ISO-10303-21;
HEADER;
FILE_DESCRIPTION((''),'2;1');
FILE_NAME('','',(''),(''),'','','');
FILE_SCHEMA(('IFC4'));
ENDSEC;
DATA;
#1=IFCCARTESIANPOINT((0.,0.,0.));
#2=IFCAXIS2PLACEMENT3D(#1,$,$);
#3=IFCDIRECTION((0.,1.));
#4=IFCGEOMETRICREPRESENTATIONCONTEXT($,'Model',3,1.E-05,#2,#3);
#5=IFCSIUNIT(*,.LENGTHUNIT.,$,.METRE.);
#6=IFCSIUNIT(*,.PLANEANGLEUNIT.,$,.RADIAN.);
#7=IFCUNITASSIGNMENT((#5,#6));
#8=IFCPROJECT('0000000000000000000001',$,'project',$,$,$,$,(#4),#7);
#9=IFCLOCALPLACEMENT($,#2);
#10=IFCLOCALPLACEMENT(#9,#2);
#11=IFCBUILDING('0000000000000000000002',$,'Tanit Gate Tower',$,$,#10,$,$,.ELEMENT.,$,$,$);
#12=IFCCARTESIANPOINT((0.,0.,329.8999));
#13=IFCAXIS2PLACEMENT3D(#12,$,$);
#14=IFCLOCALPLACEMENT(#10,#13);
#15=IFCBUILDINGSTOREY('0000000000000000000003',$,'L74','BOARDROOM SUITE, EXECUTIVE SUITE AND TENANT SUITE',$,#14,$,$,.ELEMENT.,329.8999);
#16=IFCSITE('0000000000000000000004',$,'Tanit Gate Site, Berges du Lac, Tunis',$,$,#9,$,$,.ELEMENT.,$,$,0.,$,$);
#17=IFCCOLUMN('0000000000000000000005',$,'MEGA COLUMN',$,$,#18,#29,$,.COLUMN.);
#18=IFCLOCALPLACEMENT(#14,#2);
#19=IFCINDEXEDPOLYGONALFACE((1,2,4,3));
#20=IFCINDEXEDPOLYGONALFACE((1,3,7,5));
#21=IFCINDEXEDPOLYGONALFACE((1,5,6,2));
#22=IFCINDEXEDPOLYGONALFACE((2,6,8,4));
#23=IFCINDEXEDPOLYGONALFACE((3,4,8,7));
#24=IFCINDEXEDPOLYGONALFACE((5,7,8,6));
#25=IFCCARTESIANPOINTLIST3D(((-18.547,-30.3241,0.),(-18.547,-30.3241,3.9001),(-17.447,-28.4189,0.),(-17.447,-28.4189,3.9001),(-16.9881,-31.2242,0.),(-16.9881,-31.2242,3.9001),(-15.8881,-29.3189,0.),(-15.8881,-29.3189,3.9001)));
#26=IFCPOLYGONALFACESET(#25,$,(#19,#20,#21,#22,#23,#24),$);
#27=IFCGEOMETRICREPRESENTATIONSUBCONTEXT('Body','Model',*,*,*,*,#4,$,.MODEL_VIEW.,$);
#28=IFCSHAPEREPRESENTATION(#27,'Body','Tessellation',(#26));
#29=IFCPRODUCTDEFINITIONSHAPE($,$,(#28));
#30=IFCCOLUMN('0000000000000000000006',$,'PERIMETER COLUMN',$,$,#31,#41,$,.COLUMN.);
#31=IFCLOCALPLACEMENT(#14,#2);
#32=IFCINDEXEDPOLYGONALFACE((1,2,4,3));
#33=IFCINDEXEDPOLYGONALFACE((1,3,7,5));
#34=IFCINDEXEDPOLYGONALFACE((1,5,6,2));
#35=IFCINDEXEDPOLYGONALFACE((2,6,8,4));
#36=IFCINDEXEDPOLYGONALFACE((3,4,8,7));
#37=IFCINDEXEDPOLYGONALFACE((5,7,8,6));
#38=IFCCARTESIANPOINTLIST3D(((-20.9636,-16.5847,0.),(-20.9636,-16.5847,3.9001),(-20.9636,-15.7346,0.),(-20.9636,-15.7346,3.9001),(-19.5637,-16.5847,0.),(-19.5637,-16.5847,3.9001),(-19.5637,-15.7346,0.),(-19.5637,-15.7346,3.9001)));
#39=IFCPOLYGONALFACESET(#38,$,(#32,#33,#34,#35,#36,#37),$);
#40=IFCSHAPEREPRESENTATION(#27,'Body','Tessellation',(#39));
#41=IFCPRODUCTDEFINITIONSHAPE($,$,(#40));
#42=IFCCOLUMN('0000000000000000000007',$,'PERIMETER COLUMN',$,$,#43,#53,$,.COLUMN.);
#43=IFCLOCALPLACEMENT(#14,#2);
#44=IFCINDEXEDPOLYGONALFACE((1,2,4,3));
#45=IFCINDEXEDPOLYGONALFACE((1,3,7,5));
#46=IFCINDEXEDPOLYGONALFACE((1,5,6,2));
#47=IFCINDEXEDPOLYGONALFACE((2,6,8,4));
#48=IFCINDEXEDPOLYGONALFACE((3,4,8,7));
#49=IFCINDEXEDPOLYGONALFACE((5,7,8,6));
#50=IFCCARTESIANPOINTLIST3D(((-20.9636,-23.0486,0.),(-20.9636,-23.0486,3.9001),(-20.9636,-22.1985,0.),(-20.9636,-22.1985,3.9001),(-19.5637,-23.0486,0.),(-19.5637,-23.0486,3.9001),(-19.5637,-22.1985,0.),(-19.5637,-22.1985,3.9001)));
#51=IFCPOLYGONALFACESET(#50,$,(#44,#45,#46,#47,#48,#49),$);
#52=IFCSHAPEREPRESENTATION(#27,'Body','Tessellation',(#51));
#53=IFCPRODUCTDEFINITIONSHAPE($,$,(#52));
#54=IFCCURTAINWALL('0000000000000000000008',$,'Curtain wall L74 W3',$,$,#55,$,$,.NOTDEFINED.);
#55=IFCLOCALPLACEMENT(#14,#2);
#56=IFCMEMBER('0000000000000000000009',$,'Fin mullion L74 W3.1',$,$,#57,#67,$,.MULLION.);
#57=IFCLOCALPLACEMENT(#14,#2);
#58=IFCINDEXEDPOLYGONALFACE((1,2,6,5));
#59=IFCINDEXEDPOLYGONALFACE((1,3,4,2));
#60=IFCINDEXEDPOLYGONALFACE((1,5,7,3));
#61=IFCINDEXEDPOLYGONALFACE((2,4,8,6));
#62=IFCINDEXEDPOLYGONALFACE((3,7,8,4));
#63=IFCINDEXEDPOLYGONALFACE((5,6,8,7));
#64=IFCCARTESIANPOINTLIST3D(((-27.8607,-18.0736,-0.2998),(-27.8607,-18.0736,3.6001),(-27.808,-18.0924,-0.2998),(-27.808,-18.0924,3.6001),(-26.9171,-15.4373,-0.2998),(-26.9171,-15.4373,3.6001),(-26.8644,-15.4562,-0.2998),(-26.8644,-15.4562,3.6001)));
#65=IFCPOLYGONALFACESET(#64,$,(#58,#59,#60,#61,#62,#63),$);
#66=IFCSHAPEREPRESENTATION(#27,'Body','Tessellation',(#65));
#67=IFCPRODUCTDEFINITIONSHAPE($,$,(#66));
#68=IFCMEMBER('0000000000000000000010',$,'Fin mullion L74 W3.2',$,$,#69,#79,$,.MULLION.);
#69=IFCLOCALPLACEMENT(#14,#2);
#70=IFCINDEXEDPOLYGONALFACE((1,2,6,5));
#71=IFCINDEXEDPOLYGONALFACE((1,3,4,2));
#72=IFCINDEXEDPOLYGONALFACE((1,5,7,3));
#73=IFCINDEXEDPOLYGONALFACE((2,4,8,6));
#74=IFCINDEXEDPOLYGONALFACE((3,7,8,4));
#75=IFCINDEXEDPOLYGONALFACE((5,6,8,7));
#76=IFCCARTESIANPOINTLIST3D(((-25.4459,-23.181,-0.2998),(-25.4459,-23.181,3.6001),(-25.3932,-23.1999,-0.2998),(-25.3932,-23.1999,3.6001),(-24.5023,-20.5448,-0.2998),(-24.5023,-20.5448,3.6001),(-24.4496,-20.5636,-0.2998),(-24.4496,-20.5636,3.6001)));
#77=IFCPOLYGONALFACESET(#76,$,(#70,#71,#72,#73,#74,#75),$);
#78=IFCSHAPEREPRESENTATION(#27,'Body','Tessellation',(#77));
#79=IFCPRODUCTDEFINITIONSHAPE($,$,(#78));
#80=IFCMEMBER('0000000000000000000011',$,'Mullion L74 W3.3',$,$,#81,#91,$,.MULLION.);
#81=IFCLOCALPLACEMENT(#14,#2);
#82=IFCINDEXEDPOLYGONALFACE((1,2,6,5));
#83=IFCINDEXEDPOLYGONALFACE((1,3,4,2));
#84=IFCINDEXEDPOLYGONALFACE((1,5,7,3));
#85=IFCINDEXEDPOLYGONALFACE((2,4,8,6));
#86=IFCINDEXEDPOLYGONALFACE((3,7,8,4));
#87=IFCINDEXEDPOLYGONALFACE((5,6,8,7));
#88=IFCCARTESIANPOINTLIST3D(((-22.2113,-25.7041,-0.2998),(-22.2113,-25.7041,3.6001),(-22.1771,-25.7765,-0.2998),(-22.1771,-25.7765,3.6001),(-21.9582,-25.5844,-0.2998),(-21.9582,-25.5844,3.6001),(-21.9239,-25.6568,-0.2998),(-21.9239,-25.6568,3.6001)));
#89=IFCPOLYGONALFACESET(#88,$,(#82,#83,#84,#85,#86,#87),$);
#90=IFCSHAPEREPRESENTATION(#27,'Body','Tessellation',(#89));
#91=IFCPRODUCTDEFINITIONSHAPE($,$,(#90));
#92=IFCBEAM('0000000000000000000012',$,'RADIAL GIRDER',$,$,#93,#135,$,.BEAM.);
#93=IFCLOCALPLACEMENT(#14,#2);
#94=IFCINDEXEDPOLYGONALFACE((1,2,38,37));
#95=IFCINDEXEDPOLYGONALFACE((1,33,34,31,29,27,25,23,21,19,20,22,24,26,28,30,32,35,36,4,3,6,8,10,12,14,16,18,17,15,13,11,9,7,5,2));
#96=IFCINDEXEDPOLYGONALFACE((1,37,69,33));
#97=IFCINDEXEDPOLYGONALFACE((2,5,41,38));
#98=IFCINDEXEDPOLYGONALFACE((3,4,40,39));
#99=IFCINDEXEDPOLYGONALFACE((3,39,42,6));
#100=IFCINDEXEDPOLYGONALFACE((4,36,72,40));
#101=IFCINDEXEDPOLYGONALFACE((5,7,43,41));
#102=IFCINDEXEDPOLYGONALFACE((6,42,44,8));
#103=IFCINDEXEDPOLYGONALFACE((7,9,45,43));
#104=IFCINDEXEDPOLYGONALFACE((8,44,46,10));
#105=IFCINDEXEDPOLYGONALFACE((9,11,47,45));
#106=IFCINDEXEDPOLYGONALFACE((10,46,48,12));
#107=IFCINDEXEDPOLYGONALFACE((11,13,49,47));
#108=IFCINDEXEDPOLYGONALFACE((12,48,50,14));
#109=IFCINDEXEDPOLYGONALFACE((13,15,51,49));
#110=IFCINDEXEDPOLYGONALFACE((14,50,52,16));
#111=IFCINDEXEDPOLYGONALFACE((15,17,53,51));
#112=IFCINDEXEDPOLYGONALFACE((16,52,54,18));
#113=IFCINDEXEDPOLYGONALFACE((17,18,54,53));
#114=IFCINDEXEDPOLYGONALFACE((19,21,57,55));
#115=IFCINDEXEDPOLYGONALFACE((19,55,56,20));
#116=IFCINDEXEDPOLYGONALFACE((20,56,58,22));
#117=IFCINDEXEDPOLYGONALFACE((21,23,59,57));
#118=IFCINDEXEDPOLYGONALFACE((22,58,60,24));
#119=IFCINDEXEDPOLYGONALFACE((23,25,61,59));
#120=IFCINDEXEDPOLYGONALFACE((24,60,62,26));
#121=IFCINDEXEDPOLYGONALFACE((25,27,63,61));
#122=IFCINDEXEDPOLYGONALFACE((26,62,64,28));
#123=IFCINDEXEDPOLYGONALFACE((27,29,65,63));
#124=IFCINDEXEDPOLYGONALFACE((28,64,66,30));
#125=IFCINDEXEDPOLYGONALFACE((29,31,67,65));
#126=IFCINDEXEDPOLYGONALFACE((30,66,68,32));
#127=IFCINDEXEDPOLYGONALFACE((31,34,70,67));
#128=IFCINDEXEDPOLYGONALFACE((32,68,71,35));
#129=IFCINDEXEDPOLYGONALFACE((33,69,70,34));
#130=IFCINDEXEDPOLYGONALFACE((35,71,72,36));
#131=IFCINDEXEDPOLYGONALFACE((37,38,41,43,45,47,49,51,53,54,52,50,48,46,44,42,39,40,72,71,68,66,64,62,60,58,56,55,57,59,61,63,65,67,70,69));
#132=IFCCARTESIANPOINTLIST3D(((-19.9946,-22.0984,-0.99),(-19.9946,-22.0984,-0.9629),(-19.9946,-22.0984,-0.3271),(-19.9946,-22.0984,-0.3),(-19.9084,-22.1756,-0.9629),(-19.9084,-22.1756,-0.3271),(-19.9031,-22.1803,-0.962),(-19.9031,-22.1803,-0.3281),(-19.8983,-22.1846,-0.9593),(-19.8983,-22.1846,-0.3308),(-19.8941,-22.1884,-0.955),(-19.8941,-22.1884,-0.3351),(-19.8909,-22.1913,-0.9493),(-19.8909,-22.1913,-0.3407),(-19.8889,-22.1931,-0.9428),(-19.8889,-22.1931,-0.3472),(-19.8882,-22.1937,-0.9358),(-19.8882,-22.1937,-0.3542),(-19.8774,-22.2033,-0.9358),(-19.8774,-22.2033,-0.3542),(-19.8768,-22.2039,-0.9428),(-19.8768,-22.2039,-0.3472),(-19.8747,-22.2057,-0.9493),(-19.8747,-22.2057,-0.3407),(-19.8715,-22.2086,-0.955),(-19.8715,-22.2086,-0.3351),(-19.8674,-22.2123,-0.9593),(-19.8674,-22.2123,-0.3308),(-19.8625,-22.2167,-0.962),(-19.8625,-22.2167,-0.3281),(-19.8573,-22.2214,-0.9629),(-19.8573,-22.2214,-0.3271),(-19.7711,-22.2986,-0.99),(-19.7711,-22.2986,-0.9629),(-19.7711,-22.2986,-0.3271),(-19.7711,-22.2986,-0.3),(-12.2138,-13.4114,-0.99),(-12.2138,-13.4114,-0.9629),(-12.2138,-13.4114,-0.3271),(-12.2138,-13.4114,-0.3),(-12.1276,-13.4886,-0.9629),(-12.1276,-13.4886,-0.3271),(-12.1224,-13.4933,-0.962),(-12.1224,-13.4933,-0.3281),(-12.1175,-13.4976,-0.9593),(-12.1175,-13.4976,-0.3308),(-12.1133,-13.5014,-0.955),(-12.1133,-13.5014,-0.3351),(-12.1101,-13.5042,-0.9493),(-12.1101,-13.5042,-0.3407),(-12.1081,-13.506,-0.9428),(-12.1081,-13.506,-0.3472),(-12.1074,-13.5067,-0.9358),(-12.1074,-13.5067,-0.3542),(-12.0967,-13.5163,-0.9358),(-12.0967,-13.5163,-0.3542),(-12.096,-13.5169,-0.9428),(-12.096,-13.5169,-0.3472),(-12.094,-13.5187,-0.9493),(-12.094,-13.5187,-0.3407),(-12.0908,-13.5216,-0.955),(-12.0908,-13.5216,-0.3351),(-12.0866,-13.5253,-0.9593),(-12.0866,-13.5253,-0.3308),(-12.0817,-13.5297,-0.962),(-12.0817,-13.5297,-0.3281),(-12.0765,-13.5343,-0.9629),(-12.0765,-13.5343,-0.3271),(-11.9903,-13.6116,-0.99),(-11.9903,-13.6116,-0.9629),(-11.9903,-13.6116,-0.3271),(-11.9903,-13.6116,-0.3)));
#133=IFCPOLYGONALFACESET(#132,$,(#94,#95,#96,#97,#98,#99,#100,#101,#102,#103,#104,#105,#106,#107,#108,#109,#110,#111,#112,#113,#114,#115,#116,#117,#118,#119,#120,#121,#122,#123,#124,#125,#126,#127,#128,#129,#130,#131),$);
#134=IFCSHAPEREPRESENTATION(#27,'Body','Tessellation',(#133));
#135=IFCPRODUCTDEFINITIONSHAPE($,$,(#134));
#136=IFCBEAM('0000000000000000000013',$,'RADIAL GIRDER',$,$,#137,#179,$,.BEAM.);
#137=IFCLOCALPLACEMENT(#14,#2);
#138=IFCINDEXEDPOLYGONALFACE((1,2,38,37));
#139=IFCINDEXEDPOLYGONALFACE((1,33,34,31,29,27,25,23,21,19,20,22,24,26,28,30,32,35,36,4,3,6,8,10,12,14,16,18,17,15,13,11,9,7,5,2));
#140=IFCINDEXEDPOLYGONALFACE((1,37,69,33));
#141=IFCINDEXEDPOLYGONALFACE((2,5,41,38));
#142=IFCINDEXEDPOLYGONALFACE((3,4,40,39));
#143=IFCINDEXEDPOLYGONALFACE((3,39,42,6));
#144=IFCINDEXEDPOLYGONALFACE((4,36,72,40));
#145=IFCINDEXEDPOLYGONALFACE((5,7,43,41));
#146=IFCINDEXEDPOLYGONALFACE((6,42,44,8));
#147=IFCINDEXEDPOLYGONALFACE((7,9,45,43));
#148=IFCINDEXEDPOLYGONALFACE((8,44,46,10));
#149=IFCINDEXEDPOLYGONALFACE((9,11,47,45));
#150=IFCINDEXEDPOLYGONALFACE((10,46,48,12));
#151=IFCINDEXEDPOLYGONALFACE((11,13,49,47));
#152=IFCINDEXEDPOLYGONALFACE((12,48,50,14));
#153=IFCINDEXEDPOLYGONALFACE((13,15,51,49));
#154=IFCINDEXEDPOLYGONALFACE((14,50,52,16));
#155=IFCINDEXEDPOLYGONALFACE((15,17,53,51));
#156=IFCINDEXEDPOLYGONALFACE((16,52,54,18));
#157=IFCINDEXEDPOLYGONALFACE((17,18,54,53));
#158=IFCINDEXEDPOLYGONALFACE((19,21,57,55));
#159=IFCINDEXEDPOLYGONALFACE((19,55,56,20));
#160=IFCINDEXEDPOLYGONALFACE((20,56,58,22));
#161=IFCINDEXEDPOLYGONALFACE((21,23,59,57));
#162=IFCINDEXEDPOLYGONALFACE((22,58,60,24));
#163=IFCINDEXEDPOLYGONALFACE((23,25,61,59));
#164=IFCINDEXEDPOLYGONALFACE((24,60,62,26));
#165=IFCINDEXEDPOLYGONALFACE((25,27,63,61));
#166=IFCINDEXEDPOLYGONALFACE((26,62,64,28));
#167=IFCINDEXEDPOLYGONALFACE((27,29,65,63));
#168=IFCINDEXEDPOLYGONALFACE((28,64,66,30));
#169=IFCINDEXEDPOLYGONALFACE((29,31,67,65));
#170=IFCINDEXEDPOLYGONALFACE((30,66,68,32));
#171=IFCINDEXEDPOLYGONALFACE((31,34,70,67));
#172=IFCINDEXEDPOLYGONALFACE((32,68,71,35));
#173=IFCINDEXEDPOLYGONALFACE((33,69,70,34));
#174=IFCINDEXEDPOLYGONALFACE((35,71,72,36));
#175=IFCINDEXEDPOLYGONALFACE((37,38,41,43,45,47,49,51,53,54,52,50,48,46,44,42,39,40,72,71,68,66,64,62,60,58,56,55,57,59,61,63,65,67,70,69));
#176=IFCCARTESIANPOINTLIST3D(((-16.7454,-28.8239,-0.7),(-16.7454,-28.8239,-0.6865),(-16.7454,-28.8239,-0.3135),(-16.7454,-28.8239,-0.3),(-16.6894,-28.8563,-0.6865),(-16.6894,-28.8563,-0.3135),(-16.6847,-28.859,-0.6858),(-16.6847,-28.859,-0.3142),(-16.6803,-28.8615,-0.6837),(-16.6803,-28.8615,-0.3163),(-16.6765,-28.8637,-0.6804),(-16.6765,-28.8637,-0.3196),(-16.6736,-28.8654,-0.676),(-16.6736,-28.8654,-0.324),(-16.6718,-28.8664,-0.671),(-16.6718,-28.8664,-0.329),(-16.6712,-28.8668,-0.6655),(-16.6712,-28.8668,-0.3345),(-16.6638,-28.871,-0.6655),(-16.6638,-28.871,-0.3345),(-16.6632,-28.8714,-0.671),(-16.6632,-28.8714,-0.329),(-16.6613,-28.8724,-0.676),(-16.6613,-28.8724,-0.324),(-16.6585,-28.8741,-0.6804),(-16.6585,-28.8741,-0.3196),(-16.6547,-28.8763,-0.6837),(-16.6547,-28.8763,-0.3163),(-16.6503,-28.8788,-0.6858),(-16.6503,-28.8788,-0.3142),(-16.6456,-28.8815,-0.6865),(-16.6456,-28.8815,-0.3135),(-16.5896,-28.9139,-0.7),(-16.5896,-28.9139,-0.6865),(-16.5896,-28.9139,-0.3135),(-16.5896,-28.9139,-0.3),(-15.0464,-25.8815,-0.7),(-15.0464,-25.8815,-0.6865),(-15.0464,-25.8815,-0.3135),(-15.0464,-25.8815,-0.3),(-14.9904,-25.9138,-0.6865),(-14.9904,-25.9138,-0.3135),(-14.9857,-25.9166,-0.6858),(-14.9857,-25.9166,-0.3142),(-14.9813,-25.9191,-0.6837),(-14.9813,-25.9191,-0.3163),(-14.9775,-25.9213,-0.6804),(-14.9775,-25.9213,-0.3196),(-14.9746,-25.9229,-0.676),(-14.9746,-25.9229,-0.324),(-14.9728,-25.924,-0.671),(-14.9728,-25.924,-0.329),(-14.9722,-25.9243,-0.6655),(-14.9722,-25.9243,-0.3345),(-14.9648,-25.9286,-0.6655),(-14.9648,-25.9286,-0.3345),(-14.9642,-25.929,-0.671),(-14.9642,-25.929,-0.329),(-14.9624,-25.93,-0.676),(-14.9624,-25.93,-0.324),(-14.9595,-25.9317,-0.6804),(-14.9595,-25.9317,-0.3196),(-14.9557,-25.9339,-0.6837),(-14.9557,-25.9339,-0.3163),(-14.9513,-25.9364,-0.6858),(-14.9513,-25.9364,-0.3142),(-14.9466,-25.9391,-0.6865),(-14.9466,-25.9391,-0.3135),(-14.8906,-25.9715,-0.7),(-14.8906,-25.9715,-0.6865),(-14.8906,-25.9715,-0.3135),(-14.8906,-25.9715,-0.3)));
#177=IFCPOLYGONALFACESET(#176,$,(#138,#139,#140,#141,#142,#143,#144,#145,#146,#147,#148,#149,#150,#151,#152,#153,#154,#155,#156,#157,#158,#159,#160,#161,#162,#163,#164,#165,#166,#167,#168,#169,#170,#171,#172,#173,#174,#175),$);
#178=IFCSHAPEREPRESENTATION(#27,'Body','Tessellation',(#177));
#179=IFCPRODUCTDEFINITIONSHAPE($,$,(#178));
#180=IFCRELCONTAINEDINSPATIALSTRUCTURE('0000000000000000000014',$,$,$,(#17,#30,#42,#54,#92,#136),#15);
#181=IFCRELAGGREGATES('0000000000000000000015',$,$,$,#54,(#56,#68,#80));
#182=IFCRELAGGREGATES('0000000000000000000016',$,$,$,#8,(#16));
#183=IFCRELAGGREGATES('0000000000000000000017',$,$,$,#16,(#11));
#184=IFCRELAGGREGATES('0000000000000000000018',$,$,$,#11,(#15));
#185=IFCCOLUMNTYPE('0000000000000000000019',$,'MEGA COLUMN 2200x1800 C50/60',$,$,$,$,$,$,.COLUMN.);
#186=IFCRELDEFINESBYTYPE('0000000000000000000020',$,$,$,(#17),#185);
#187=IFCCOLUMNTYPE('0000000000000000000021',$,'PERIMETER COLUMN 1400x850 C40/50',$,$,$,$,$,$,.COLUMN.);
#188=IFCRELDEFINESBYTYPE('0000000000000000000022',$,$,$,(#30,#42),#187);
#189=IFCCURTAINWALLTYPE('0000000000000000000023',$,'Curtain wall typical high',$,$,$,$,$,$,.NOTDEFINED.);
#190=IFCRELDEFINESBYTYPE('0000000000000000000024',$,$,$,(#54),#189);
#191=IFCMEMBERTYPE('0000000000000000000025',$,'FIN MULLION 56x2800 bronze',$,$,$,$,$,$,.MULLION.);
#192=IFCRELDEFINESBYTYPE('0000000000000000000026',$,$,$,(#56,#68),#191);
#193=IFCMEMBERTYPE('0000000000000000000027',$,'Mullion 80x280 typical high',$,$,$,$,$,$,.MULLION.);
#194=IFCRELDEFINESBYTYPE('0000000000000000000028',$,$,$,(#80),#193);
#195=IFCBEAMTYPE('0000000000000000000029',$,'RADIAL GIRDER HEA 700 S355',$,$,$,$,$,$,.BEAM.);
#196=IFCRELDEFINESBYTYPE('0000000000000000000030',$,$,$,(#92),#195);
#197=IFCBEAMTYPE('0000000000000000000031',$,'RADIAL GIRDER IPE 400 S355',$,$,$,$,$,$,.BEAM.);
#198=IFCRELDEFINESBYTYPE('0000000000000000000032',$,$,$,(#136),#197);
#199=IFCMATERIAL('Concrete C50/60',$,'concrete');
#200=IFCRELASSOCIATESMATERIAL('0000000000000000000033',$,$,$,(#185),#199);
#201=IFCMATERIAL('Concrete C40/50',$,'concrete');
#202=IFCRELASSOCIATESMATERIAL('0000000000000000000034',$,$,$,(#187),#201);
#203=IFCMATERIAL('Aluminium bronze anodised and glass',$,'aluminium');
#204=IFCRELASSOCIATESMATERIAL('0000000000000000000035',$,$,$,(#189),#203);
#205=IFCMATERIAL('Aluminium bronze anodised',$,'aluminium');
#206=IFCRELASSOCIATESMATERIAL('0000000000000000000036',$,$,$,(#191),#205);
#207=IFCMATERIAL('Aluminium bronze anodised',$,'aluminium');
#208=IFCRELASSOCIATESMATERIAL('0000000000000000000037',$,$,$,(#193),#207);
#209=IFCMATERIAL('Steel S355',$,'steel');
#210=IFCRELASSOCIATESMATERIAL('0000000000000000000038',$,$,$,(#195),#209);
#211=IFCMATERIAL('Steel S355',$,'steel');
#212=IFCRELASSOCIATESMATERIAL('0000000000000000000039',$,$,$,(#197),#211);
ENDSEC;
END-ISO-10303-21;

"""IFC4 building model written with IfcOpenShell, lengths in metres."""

from ifc_helpers import new_model, si_unit, direction, frame, origin, origin_2d, place, context, subcontext, project, spatial, rectangle, i_section, extrude, material, material_profile, profile_set, type_object, element, aggregate, save


model = new_model("IFC4")

# Units and contexts
model_context = context("Model", 3, precision=1e-05, world=origin(), true_north=direction((0.0, 1.0)))
body_context = subcontext(model_context, "Body", "Model", "MODEL_VIEW")
ifc_project = project(units=[si_unit("LENGTHUNIT", "METRE"), si_unit("PLANEANGLEUNIT", "RADIAN")], contexts=[model_context])

# Site, building, storey
site_placement = place(None, origin())
site = spatial("IfcSite", under=ifc_project, at=site_placement, Name="Tanit Gate Site, Berges du Lac, Tunis", CompositionType="ELEMENT", RefElevation=0.0)
building_placement = place(site_placement, origin())
building = spatial("IfcBuilding", under=site, at=building_placement, Name="Tanit Gate Tower", CompositionType="ELEMENT")
storey_placement = place(building_placement, frame((0.0, 0.0, 329.8999)))
storey = spatial("IfcBuildingStorey", under=building, at=storey_placement, Name="L74", Description="BOARDROOM SUITE, EXECUTIVE SUITE AND TENANT SUITE", CompositionType="ELEMENT", Elevation=329.8999)

# Columns
ifc_material_1 = material(Name="Concrete C50/60", Category="concrete")
ifc_material_profile_1 = material_profile(ifc_material_1, rectangle(XDim=2.2, YDim=1.8, at=origin_2d()), Name="RC 2200x1800")
ifc_profile_set_1 = profile_set([ifc_material_profile_1], Name="Concrete C50/60")
column_type_1 = type_object("IfcColumnType", Name="MEGA COLUMN 2200x1800 C50/60", PredefinedType="COLUMN", material=ifc_profile_set_1)
column_placement = place(storey_placement, frame((-17.2175, -29.8215, 0.0), z_axis=(0.0, 0.0, 1.0), x_axis=(-0.5, -0.866025, 0.0)))
element("IfcColumn", 1, at=column_placement, inside=storey, type_object=column_type_1, Name="MEGA COLUMN", PredefinedType="COLUMN", context=body_context, shape_type="SweptSolid", body=[
    extrude(rectangle(XDim=2.2, YDim=1.8, at=origin_2d()), origin(), (0.0, 0.0, 1.0), 3.9001),
])
ifc_material_2 = material(Name="Concrete C40/50", Category="concrete")
ifc_material_profile_2 = material_profile(ifc_material_2, rectangle(XDim=1.3999, YDim=0.8501, at=origin_2d()), Name="RC 1400x850")
ifc_profile_set_2 = profile_set([ifc_material_profile_2], Name="Concrete C40/50")
column_type_2 = type_object("IfcColumnType", Name="PERIMETER COLUMN 1400x850 C40/50", PredefinedType="COLUMN", material=ifc_profile_set_2)
for number, where, z_axis, x_axis, name in (
    (2, (-20.2637, -16.1597, 0.0), (0.0, 0.0, 1.0), (-1.0, 0.0, 0.0), "PERIMETER COLUMN"),
    (3, (-20.2637, -22.6235, 0.0), (0.0, 0.0, 1.0), (-1.0, 0.0, 0.0), "PERIMETER COLUMN"),
):
    element("IfcColumn", number, at=place(storey_placement, frame(where, z_axis=z_axis, x_axis=x_axis)), inside=storey, type_object=column_type_2, Name=name, PredefinedType="COLUMN", context=body_context, shape_type="SweptSolid", body=[
        extrude(rectangle(XDim=1.3999, YDim=0.8501, at=origin_2d()), origin(), (0.0, 0.0, 1.0), 3.9001),
    ])

# Curtain wall, members
ifc_material_3 = material(Name="Aluminium bronze anodised and glass", Category="aluminium")
curtain_wall_type = type_object("IfcCurtainWallType", Name="Curtain wall typical high", PredefinedType="NOTDEFINED", material=ifc_material_3)
curtain_wall_placement = place(storey_placement, origin())
curtain_wall = element("IfcCurtainWall", 4, at=curtain_wall_placement, inside=storey, type_object=curtain_wall_type, Name="Curtain wall L74 W3", PredefinedType="NOTDEFINED")
ifc_material_4 = material(Name="Aluminium bronze anodised", Category="aluminium")
ifc_material_profile_3 = material_profile(ifc_material_4, rectangle(XDim=2.8, YDim=0.0559, at=origin_2d()), Name="56x2800 bronze fin mullion")
ifc_profile_set_3 = profile_set([ifc_material_profile_3], Name="Aluminium bronze anodised")
member_type_1 = type_object("IfcMemberType", Name="FIN MULLION 56x2800 bronze", PredefinedType="MULLION", material=ifc_profile_set_3)
member_1_placement = place(storey_placement, frame((-27.3625, -16.7649, -0.2998), z_axis=(0.0, 0.0, 1.0), x_axis=(0.336993, 0.941507, 0.0)))
member_1 = element("IfcMember", 5, at=member_1_placement, type_object=member_type_1, Name="Fin mullion L74 W3.1", PredefinedType="MULLION", context=body_context, shape_type="SweptSolid", body=[
    extrude(rectangle(XDim=2.8, YDim=0.0559, at=origin_2d()), origin(), (0.0, 0.0, 1.0), 3.8999),
])
member_2_placement = place(storey_placement, frame((-24.9478, -21.8723, -0.2998), z_axis=(0.0, 0.0, 1.0), x_axis=(0.336993, 0.941507, 0.0)))
member_2 = element("IfcMember", 6, at=member_2_placement, type_object=member_type_1, Name="Fin mullion L74 W3.2", PredefinedType="MULLION", context=body_context, shape_type="SweptSolid", body=[
    extrude(rectangle(XDim=2.8, YDim=0.0559, at=origin_2d()), origin(), (0.0, 0.0, 1.0), 3.8999),
])
ifc_material_5 = material(Name="Aluminium bronze anodised", Category="aluminium")
ifc_material_profile_4 = material_profile(ifc_material_5, rectangle(XDim=0.28, YDim=0.0801, at=origin_2d()), Name="80x280 bronze mullion")
ifc_profile_set_4 = profile_set([ifc_material_profile_4], Name="Aluminium bronze anodised")
member_type_2 = type_object("IfcMemberType", Name="Mullion 80x280 typical high", PredefinedType="MULLION", material=ifc_profile_set_4)
member_3_placement = place(storey_placement, frame((-22.0676, -25.6804, -0.2998), z_axis=(0.0, 0.0, 1.0), x_axis=(0.904036, 0.427456, 0.0)))
member_3 = element("IfcMember", 7, at=member_3_placement, type_object=member_type_2, Name="Mullion L74 W3.3", PredefinedType="MULLION", context=body_context, shape_type="SweptSolid", body=[
    extrude(rectangle(XDim=0.28, YDim=0.0801, at=origin_2d()), origin(), (0.0, 0.0, 1.0), 3.8999),
])

# Beams
ifc_material_6 = material(Name="Steel S355", Category="steel")
ifc_material_profile_5 = material_profile(ifc_material_6, i_section(OverallWidth=0.3, OverallDepth=0.6899, WebThickness=0.0144, FlangeThickness=0.0271, FilletRadius=0.0271, at=origin_2d()), Name="HEA 700")
ifc_profile_set_5 = profile_set([ifc_material_profile_5], Name="Steel S355")
beam_type_1 = type_object("IfcBeamType", Name="RADIAL GIRDER HEA 700 S355", PredefinedType="BEAM", material=ifc_profile_set_5)
beam_1_placement = place(storey_placement, frame((-19.8828, -22.1985, -0.645), z_axis=(0.667184, 0.744893, 0.0), x_axis=(-0.744893, 0.667184, 0.0)))
element("IfcBeam", 8, at=beam_1_placement, inside=storey, type_object=beam_type_1, Name="RADIAL GIRDER", PredefinedType="BEAM", context=body_context, shape_type="SweptSolid", body=[
    extrude(i_section(OverallWidth=0.3, OverallDepth=0.6899, WebThickness=0.0144, FlangeThickness=0.0271, FilletRadius=0.0271, at=origin_2d()), origin(), (0.0, 0.0, 1.0), 11.6621),
])
ifc_material_7 = material(Name="Steel S355", Category="steel")
ifc_material_profile_6 = material_profile(ifc_material_7, i_section(OverallWidth=0.1799, OverallDepth=0.3999, WebThickness=0.0085, FlangeThickness=0.0134, FilletRadius=0.021, at=origin_2d()), Name="IPE 400")
ifc_profile_set_6 = profile_set([ifc_material_profile_6], Name="Steel S355")
beam_type_2 = type_object("IfcBeamType", Name="RADIAL GIRDER IPE 400 S355", PredefinedType="BEAM", material=ifc_profile_set_6)
beam_2_placement = place(storey_placement, frame((-16.6675, -28.8689, -0.5), z_axis=(0.500042, 0.866001, 0.0), x_axis=(-0.866001, 0.500042, 0.0)))
element("IfcBeam", 9, at=beam_2_placement, inside=storey, type_object=beam_type_2, Name="RADIAL GIRDER", PredefinedType="BEAM", context=body_context, shape_type="SweptSolid", body=[
    extrude(i_section(OverallWidth=0.1799, OverallDepth=0.3999, WebThickness=0.0085, FlangeThickness=0.0134, FilletRadius=0.021, at=origin_2d()), origin(), (0.0, 0.0, 1.0), 3.3977),
])

aggregate(curtain_wall, [member_1, member_2, member_3])

save(model, "model.ifc")
